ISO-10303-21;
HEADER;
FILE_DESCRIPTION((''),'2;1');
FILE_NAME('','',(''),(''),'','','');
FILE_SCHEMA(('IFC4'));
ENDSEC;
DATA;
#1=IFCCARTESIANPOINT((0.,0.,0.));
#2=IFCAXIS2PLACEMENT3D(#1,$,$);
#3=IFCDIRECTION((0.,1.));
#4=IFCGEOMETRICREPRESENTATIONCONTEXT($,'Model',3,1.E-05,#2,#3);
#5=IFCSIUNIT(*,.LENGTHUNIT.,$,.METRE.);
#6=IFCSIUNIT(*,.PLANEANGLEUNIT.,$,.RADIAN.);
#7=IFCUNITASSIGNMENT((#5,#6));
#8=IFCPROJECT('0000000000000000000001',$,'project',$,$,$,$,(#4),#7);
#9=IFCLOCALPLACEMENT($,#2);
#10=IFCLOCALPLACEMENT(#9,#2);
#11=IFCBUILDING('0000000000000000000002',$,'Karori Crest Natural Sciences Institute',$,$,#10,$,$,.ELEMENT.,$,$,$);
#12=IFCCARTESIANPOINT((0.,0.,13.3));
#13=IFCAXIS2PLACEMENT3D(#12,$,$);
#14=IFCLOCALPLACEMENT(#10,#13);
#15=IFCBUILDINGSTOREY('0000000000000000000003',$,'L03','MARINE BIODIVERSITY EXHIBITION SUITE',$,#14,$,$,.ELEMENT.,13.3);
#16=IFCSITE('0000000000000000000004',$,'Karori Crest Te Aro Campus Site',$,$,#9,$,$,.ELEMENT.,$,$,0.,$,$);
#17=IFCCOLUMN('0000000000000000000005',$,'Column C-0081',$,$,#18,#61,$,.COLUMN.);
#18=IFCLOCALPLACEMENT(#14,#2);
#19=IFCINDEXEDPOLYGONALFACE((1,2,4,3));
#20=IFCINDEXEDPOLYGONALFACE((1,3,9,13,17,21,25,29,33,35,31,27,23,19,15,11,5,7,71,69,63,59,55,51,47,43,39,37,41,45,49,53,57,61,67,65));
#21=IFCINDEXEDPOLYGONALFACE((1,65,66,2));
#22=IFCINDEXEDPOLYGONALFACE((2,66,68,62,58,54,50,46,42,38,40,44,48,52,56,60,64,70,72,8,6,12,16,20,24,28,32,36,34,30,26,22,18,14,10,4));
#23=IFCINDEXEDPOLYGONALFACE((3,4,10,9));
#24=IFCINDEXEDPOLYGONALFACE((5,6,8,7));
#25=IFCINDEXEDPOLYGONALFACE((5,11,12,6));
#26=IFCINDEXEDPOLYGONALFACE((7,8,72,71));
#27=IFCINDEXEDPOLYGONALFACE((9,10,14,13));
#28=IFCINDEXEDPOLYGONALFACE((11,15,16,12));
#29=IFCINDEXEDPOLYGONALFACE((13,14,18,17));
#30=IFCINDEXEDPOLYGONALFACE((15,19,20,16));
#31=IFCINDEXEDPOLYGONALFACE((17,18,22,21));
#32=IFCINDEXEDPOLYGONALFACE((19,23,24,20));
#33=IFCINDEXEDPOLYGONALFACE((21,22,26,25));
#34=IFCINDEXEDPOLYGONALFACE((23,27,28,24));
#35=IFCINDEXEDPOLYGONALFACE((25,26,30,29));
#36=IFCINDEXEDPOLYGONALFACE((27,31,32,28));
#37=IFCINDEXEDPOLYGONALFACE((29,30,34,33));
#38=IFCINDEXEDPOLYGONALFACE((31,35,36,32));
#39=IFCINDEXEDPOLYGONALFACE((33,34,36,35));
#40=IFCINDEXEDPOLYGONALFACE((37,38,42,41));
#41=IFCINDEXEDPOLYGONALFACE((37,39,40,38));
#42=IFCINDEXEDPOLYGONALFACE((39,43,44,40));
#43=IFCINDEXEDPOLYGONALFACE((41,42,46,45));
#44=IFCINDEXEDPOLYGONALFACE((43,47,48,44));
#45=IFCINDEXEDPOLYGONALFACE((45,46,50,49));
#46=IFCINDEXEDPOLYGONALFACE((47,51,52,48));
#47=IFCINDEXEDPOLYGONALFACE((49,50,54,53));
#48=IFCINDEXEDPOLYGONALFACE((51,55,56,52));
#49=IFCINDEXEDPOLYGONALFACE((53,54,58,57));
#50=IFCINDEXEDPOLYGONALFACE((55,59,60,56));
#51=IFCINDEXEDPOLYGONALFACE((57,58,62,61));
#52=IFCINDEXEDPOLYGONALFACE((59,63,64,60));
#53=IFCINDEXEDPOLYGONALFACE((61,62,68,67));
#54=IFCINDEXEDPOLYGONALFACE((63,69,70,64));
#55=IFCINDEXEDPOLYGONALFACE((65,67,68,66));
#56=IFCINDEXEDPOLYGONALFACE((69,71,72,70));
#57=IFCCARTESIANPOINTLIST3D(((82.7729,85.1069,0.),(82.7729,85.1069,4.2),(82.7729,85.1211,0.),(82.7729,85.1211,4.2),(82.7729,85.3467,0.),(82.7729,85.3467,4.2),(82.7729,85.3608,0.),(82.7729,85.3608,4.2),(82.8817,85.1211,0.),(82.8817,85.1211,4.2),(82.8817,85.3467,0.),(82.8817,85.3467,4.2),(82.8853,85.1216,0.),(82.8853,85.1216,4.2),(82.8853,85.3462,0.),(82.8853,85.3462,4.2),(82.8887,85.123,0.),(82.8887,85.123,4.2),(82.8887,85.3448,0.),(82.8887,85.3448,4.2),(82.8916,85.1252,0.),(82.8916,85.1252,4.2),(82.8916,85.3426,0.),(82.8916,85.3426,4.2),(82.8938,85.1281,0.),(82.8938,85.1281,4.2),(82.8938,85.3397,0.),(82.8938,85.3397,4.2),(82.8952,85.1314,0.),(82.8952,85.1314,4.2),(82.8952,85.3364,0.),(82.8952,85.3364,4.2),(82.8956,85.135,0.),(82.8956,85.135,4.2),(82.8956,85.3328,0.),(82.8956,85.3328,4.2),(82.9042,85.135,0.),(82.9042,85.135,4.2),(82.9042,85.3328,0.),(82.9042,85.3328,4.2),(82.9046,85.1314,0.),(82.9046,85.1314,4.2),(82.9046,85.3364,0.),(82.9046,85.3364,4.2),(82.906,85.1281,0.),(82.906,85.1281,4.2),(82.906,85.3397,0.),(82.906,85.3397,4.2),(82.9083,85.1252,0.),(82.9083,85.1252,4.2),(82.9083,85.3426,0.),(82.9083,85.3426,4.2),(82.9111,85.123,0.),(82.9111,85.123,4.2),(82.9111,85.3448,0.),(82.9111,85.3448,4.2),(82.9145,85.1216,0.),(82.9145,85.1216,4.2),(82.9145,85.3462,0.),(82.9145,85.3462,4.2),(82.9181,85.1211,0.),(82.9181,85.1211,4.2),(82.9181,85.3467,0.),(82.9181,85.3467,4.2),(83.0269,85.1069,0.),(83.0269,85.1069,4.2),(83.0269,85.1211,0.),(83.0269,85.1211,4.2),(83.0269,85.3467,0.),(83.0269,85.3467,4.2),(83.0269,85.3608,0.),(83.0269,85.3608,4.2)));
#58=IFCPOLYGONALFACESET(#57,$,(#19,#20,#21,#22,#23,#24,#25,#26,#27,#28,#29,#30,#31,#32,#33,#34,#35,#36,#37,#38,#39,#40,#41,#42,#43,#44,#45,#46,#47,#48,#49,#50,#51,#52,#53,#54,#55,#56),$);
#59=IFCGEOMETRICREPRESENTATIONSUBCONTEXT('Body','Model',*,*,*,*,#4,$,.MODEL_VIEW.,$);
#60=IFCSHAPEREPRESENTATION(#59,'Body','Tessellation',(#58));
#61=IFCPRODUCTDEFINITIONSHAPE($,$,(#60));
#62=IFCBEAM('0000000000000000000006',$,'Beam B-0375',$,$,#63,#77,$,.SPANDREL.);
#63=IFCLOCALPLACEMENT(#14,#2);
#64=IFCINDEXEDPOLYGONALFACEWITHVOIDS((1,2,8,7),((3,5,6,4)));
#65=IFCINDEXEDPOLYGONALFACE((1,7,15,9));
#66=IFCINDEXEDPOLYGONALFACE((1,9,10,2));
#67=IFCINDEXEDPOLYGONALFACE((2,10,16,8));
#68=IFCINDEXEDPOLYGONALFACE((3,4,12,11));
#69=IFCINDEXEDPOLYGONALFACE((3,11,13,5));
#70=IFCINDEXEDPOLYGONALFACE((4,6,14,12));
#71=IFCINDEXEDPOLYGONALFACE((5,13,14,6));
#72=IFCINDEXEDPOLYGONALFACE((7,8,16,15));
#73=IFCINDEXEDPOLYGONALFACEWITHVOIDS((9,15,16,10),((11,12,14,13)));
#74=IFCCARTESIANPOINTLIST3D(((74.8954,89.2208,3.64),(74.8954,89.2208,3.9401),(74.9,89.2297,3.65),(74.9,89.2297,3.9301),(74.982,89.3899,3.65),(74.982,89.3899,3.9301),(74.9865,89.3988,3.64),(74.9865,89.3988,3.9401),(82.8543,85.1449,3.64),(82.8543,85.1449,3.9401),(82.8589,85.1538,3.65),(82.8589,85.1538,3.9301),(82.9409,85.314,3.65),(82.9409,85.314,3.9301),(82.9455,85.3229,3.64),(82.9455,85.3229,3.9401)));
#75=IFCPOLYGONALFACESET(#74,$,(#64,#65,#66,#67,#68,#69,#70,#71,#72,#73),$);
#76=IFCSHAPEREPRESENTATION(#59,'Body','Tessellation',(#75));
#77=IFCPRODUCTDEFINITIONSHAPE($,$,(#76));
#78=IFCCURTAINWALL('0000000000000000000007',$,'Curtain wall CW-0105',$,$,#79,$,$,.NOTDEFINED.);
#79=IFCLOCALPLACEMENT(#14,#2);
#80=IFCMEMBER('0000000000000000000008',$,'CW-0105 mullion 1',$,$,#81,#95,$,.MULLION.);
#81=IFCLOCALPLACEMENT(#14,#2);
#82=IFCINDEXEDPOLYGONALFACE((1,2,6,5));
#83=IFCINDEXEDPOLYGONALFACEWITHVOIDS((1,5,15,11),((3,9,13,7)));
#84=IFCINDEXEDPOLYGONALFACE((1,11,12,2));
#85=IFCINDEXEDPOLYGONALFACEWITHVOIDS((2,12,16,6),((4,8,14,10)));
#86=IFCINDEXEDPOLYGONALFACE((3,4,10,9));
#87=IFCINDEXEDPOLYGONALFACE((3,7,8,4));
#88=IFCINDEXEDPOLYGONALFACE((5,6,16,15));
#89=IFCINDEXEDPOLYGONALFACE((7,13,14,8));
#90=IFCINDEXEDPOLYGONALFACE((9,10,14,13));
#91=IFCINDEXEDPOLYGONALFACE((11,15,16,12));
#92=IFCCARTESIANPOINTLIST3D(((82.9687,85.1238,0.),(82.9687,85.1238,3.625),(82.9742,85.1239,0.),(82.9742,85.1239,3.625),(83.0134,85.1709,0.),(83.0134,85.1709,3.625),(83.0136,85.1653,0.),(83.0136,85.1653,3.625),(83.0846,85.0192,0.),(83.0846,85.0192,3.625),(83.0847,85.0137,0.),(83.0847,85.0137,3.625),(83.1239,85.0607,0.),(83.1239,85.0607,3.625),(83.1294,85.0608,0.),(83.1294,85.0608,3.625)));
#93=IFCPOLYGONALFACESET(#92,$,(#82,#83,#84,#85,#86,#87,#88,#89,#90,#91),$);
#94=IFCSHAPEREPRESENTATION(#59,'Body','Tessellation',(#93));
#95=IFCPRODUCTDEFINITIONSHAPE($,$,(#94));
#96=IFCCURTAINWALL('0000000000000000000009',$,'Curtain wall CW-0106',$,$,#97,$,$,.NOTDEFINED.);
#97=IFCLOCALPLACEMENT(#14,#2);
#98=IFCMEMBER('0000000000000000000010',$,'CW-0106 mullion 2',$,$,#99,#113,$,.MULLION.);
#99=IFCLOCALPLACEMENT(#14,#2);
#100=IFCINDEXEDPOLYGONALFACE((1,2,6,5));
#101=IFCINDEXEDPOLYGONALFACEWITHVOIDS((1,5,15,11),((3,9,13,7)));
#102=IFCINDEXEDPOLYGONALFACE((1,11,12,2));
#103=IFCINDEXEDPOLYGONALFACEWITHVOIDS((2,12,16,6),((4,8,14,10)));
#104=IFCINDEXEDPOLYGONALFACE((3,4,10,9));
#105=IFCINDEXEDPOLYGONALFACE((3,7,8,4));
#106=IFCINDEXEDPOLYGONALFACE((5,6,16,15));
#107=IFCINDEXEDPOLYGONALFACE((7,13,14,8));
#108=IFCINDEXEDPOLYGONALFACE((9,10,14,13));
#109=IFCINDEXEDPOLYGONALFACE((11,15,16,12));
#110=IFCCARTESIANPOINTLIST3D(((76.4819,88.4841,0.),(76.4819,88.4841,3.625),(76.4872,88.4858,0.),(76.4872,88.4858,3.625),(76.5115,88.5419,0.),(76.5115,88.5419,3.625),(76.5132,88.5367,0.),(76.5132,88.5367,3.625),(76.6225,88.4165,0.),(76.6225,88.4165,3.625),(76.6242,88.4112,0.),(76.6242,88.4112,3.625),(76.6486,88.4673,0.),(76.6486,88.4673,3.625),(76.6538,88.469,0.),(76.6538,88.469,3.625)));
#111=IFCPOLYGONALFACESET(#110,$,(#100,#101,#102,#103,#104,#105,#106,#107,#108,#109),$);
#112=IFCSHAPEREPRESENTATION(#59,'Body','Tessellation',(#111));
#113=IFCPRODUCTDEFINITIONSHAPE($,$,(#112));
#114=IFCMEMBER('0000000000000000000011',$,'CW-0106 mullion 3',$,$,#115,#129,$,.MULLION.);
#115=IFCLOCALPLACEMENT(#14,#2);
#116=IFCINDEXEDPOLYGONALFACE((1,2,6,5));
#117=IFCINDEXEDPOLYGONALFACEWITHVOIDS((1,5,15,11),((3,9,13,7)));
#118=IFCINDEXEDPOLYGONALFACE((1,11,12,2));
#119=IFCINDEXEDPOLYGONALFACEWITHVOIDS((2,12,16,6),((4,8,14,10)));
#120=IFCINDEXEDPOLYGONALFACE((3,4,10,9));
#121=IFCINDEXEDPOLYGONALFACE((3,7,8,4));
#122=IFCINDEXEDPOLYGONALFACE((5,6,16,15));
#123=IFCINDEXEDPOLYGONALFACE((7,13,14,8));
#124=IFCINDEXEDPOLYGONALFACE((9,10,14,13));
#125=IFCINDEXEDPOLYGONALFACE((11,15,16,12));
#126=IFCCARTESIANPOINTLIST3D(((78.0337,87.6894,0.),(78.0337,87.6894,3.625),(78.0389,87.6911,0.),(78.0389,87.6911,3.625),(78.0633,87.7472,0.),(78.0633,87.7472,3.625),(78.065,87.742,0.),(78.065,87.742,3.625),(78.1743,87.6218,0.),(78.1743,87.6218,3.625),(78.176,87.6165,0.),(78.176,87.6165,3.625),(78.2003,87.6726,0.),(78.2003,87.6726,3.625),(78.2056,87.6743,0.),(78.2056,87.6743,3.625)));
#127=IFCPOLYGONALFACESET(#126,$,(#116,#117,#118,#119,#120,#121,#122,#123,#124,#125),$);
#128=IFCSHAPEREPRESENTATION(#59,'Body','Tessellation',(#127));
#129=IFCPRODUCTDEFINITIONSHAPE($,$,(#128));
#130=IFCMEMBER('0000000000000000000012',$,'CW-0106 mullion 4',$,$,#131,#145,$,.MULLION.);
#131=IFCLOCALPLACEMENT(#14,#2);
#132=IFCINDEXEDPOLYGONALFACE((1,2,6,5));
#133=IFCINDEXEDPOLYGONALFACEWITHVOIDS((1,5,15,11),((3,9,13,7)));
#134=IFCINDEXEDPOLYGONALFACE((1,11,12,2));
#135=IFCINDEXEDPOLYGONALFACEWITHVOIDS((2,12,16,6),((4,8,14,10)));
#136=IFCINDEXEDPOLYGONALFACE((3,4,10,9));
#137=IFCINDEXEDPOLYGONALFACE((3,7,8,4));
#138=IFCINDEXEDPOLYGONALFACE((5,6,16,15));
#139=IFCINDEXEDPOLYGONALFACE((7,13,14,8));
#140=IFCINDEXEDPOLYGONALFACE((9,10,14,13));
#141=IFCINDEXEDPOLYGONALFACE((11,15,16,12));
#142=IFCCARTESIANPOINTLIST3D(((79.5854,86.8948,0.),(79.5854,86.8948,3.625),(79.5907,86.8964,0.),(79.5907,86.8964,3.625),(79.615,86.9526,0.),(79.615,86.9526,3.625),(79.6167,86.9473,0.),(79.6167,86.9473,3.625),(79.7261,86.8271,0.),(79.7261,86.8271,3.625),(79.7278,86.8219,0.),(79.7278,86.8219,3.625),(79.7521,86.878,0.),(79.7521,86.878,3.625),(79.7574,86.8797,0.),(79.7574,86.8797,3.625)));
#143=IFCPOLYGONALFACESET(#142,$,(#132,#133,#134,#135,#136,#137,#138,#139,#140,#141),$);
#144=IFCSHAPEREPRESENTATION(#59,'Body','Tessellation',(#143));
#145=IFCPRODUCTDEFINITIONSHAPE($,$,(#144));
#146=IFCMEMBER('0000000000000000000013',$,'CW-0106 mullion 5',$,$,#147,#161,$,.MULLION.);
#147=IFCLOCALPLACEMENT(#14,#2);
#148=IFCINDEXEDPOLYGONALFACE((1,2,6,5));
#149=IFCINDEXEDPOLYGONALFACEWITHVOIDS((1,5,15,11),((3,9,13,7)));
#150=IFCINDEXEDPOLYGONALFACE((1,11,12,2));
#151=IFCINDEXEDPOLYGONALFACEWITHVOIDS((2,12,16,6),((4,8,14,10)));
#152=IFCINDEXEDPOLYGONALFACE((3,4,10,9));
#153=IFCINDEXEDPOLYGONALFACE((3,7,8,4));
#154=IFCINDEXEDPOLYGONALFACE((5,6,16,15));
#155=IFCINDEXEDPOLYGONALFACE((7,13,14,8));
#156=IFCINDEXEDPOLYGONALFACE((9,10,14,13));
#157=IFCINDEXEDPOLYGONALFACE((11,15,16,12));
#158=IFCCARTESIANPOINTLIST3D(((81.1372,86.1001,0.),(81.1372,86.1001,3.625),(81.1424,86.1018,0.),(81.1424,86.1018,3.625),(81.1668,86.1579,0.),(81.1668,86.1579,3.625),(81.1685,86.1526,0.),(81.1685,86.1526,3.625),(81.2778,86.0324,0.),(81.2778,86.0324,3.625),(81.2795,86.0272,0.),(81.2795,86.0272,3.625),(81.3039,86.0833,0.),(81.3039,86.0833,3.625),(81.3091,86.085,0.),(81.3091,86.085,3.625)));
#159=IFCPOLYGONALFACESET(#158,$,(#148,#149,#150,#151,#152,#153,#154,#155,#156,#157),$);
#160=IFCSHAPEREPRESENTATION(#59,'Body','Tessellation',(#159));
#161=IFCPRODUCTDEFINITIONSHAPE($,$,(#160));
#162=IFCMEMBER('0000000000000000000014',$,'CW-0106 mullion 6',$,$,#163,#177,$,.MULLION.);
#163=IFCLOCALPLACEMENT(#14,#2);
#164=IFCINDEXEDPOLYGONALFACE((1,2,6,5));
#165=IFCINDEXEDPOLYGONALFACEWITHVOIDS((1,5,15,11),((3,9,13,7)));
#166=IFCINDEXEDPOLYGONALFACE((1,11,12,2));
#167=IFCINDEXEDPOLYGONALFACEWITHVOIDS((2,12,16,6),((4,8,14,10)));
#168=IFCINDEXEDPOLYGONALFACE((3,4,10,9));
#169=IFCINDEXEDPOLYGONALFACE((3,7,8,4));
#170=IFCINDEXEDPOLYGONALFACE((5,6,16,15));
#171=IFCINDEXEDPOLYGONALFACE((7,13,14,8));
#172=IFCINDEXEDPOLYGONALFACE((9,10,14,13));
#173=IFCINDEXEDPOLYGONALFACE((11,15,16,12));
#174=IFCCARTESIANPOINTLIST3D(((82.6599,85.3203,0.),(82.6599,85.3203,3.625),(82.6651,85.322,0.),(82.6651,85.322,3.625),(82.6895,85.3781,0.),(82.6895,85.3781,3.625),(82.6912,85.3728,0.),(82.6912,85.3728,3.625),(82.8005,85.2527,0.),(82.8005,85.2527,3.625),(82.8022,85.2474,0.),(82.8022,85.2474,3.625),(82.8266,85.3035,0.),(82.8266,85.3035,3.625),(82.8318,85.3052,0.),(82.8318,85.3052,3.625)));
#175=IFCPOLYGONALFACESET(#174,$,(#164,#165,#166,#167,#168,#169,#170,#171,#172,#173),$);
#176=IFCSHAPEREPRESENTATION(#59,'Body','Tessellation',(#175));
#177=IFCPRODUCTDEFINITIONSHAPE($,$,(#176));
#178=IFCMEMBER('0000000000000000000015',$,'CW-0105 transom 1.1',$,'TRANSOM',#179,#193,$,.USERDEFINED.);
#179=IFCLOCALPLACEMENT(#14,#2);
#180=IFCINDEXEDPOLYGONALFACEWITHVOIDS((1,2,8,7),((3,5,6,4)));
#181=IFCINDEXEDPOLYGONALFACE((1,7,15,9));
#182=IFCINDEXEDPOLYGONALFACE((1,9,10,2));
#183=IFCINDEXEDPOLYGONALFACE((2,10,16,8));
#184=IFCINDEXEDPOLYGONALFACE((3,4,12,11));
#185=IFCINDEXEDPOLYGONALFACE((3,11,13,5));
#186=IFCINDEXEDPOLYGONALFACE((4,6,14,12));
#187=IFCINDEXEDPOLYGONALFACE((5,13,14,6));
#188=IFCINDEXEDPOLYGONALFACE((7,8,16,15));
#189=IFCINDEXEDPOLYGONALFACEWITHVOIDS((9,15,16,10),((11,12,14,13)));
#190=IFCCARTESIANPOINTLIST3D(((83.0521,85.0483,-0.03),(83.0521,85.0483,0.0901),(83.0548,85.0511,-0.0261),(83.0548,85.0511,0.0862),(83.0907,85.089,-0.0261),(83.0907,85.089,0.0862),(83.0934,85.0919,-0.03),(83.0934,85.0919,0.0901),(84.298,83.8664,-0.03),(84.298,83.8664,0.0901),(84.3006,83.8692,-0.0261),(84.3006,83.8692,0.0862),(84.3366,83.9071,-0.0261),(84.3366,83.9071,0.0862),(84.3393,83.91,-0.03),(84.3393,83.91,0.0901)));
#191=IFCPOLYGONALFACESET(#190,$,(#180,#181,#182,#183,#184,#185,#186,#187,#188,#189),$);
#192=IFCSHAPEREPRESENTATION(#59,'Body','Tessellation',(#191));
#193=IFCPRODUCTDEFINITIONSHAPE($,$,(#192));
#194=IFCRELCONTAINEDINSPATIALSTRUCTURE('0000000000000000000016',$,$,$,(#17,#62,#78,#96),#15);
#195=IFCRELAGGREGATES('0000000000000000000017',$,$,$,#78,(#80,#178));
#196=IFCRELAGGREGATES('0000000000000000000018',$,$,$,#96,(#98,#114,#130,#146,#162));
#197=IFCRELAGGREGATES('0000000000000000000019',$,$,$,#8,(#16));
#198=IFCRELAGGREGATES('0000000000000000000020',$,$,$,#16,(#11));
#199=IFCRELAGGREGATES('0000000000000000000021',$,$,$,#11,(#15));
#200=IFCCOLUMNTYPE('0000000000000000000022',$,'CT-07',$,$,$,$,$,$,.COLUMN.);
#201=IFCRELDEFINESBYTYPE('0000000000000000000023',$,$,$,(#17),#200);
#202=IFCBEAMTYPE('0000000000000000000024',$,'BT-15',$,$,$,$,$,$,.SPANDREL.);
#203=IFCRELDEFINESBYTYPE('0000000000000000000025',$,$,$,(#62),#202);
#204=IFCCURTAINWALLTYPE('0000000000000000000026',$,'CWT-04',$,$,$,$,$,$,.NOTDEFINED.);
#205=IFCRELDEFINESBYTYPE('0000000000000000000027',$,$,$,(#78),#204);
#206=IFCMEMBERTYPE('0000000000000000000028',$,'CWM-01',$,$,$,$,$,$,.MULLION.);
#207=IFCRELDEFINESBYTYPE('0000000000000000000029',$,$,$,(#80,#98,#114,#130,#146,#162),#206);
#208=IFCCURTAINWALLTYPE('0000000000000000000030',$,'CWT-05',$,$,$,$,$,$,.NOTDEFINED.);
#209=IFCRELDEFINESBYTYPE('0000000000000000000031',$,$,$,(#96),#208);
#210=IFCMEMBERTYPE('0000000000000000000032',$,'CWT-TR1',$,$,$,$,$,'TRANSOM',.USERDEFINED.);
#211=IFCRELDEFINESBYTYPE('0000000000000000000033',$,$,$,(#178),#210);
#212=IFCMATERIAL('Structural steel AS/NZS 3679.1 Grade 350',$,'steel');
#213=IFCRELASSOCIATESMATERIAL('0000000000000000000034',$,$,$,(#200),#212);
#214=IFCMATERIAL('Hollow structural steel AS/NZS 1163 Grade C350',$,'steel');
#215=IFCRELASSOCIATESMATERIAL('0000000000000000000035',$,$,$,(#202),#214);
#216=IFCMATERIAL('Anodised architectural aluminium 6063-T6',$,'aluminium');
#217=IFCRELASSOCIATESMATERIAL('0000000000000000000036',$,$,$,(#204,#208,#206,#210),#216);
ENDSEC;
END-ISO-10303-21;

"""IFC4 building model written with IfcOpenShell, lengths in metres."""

from ifc_helpers import new_model, si_unit, direction, frame, origin, origin_2d, place, context, subcontext, project, spatial, hollow_rectangle, i_section, extrude, material, material_profile, profile_set, type_object, element, aggregate, save


model = new_model("IFC4")

# Units and contexts
model_context = context("Model", 3, precision=1e-05, world=origin(), true_north=direction((0.0, 1.0)))
body_context = subcontext(model_context, "Body", "Model", "MODEL_VIEW")
ifc_project = project(units=[si_unit("LENGTHUNIT", "METRE"), si_unit("PLANEANGLEUNIT", "RADIAN")], contexts=[model_context])

# Site, building, storey
site_placement = place(None, origin())
site = spatial("IfcSite", under=ifc_project, at=site_placement, Name="Karori Crest Te Aro Campus Site", CompositionType="ELEMENT", RefElevation=0.0)
building_placement = place(site_placement, origin())
building = spatial("IfcBuilding", under=site, at=building_placement, Name="Karori Crest Natural Sciences Institute", CompositionType="ELEMENT")
storey_placement = place(building_placement, frame((0.0, 0.0, 13.3)))
storey = spatial("IfcBuildingStorey", under=building, at=storey_placement, Name="L03", Description="MARINE BIODIVERSITY EXHIBITION SUITE", CompositionType="ELEMENT", Elevation=13.3)

# Column
ifc_material_1 = material(Name="Structural steel AS/NZS 3679.1 Grade 350", Category="steel")
ifc_material_profile_1 = material_profile(ifc_material_1, i_section(OverallWidth=0.2539, OverallDepth=0.2539, WebThickness=0.0085, FlangeThickness=0.0142, FilletRadius=0.0139, at=origin_2d()), Name="250UC72.9")
ifc_profile_set_1 = profile_set([ifc_material_profile_1], Name="Structural steel AS/NZS 3679.1 Grade 350")
column_type = type_object("IfcColumnType", Name="CT-07", PredefinedType="COLUMN", material=ifc_profile_set_1)
column_placement = place(storey_placement, frame((82.8999, 85.2339, 0.0), z_axis=(0.0, 0.0, 1.0), x_axis=(1.0, 0.0, 0.0)))
element("IfcColumn", 1, at=column_placement, inside=storey, type_object=column_type, Name="Column C-0081", PredefinedType="COLUMN", context=body_context, shape_type="SweptSolid", body=[
    extrude(i_section(OverallWidth=0.2539, OverallDepth=0.2539, WebThickness=0.0085, FlangeThickness=0.0142, FilletRadius=0.0139, at=origin_2d()), origin(), (0.0, 0.0, 1.0), 4.2),
])

# Beam
ifc_material_2 = material(Name="Hollow structural steel AS/NZS 1163 Grade C350", Category="steel")
ifc_material_profile_2 = material_profile(ifc_material_2, hollow_rectangle(XDim=0.2, YDim=0.3, WallThickness=0.01, at=origin_2d()), Name="RHS300x200x10")
ifc_profile_set_2 = profile_set([ifc_material_profile_2], Name="Hollow structural steel AS/NZS 1163 Grade C350")
beam_type = type_object("IfcBeamType", Name="BT-15", PredefinedType="SPANDREL", material=ifc_profile_set_2)
beam_placement = place(storey_placement, frame((82.8999, 85.2339, 3.79), z_axis=(-0.890072, 0.45582, 0.0), x_axis=(-0.45582, -0.890072, 0.0)))
element("IfcBeam", 2, at=beam_placement, inside=storey, type_object=beam_type, Name="Beam B-0375", PredefinedType="SPANDREL", context=body_context, shape_type="SweptSolid", body=[
    extrude(hollow_rectangle(XDim=0.2, YDim=0.3, WallThickness=0.01, at=origin_2d()), origin(), (0.0, 0.0, 1.0), 8.9419),
])

# Curtain wall, member
ifc_material_3 = material(Name="Anodised architectural aluminium 6063-T6", Category="aluminium")
curtain_wall_type_1 = type_object("IfcCurtainWallType", Name="CWT-04", PredefinedType="NOTDEFINED", material=ifc_material_3)
curtain_wall_1_placement = place(storey_placement, origin())
curtain_wall_1 = element("IfcCurtainWall", 3, at=curtain_wall_1_placement, inside=storey, type_object=curtain_wall_type_1, Name="Curtain wall CW-0105", PredefinedType="NOTDEFINED")
ifc_material_profile_3 = material_profile(ifc_material_3, hollow_rectangle(XDim=0.0649, YDim=0.1599, WallThickness=0.0039, at=origin_2d()), Name="CWM160x65x4")
ifc_profile_set_3 = profile_set([ifc_material_profile_3], Name="Anodised architectural aluminium 6063-T6")
member_type_1 = type_object("IfcMemberType", Name="CWM-01", PredefinedType="MULLION", material=ifc_profile_set_3)
member_1_placement = place(storey_placement, frame((83.0491, 85.0923, 0.0), z_axis=(0.0, 0.0, 1.0), x_axis=(0.688252, 0.725471, 0.0)))
member_1 = element("IfcMember", 4, at=member_1_placement, type_object=member_type_1, Name="CW-0105 mullion 1", PredefinedType="MULLION", context=body_context, shape_type="SweptSolid", body=[
    extrude(hollow_rectangle(XDim=0.0649, YDim=0.1599, WallThickness=0.0039, at=origin_2d()), origin(), (0.0, 0.0, 1.0), 3.625),
])

# Curtain wall, members
curtain_wall_type_2 = type_object("IfcCurtainWallType", Name="CWT-05", PredefinedType="NOTDEFINED", material=ifc_material_3)
curtain_wall_2_placement = place(storey_placement, origin())
curtain_wall_2 = element("IfcCurtainWall", 5, at=curtain_wall_2_placement, inside=storey, type_object=curtain_wall_type_2, Name="Curtain wall CW-0106", PredefinedType="NOTDEFINED")
member_2_placement = place(storey_placement, frame((76.5679, 88.4766, 0.0), z_axis=(0.0, 0.0, 1.0), x_axis=(0.455829, 0.890067, 0.0)))
member_2 = element("IfcMember", 6, at=member_2_placement, type_object=member_type_1, Name="CW-0106 mullion 2", PredefinedType="MULLION", context=body_context, shape_type="SweptSolid", body=[
    extrude(hollow_rectangle(XDim=0.0649, YDim=0.1599, WallThickness=0.0039, at=origin_2d()), origin(), (0.0, 0.0, 1.0), 3.625),
])
member_3_placement = place(storey_placement, frame((78.1196, 87.6819, 0.0), z_axis=(0.0, 0.0, 1.0), x_axis=(0.455829, 0.890067, 0.0)))
member_3 = element("IfcMember", 7, at=member_3_placement, type_object=member_type_1, Name="CW-0106 mullion 3", PredefinedType="MULLION", context=body_context, shape_type="SweptSolid", body=[
    extrude(hollow_rectangle(XDim=0.0649, YDim=0.1599, WallThickness=0.0039, at=origin_2d()), origin(), (0.0, 0.0, 1.0), 3.625),
])
member_4_placement = place(storey_placement, frame((79.6714, 86.8872, 0.0), z_axis=(0.0, 0.0, 1.0), x_axis=(0.455829, 0.890067, 0.0)))
member_4 = element("IfcMember", 8, at=member_4_placement, type_object=member_type_1, Name="CW-0106 mullion 4", PredefinedType="MULLION", context=body_context, shape_type="SweptSolid", body=[
    extrude(hollow_rectangle(XDim=0.0649, YDim=0.1599, WallThickness=0.0039, at=origin_2d()), origin(), (0.0, 0.0, 1.0), 3.625),
])
member_5_placement = place(storey_placement, frame((81.2231, 86.0925, 0.0), z_axis=(0.0, 0.0, 1.0), x_axis=(0.455829, 0.890067, 0.0)))
member_5 = element("IfcMember", 9, at=member_5_placement, type_object=member_type_1, Name="CW-0106 mullion 5", PredefinedType="MULLION", context=body_context, shape_type="SweptSolid", body=[
    extrude(hollow_rectangle(XDim=0.0649, YDim=0.1599, WallThickness=0.0039, at=origin_2d()), origin(), (0.0, 0.0, 1.0), 3.625),
])
member_6_placement = place(storey_placement, frame((82.7458, 85.3127, 0.0), z_axis=(0.0, 0.0, 1.0), x_axis=(0.455829, 0.890067, 0.0)))
member_6 = element("IfcMember", 10, at=member_6_placement, type_object=member_type_1, Name="CW-0106 mullion 6", PredefinedType="MULLION", context=body_context, shape_type="SweptSolid", body=[
    extrude(hollow_rectangle(XDim=0.0649, YDim=0.1599, WallThickness=0.0039, at=origin_2d()), origin(), (0.0, 0.0, 1.0), 3.625),
])

# Member
ifc_material_profile_4 = material_profile(ifc_material_3, hollow_rectangle(XDim=0.0601, YDim=0.1201, WallThickness=0.0039, at=origin_2d()), Name="CWT120x60x4")
ifc_profile_set_4 = profile_set([ifc_material_profile_4], Name="Anodised architectural aluminium 6063-T6")
member_type_2 = type_object("IfcMemberType", Name="CWT-TR1", ElementType="TRANSOM", PredefinedType="USERDEFINED", material=ifc_profile_set_4)
member_7_placement = place(storey_placement, frame((83.0728, 85.0701, 0.03), z_axis=(0.725486, -0.688237, 0.0), x_axis=(0.688237, 0.725486, 0.0)))
member_7 = element("IfcMember", 11, at=member_7_placement, type_object=member_type_2, Name="CW-0105 transom 1.1", ObjectType="TRANSOM", PredefinedType="USERDEFINED", context=body_context, shape_type="SweptSolid", body=[
    extrude(hollow_rectangle(XDim=0.0601, YDim=0.1201, WallThickness=0.0039, at=origin_2d()), origin(), (0.0, 0.0, 1.0), 1.7173),
])
aggregate(curtain_wall_1, [member_1, member_7])

aggregate(curtain_wall_2, [member_2, member_3, member_4, member_5, member_6])

save(model, "model.ifc")
